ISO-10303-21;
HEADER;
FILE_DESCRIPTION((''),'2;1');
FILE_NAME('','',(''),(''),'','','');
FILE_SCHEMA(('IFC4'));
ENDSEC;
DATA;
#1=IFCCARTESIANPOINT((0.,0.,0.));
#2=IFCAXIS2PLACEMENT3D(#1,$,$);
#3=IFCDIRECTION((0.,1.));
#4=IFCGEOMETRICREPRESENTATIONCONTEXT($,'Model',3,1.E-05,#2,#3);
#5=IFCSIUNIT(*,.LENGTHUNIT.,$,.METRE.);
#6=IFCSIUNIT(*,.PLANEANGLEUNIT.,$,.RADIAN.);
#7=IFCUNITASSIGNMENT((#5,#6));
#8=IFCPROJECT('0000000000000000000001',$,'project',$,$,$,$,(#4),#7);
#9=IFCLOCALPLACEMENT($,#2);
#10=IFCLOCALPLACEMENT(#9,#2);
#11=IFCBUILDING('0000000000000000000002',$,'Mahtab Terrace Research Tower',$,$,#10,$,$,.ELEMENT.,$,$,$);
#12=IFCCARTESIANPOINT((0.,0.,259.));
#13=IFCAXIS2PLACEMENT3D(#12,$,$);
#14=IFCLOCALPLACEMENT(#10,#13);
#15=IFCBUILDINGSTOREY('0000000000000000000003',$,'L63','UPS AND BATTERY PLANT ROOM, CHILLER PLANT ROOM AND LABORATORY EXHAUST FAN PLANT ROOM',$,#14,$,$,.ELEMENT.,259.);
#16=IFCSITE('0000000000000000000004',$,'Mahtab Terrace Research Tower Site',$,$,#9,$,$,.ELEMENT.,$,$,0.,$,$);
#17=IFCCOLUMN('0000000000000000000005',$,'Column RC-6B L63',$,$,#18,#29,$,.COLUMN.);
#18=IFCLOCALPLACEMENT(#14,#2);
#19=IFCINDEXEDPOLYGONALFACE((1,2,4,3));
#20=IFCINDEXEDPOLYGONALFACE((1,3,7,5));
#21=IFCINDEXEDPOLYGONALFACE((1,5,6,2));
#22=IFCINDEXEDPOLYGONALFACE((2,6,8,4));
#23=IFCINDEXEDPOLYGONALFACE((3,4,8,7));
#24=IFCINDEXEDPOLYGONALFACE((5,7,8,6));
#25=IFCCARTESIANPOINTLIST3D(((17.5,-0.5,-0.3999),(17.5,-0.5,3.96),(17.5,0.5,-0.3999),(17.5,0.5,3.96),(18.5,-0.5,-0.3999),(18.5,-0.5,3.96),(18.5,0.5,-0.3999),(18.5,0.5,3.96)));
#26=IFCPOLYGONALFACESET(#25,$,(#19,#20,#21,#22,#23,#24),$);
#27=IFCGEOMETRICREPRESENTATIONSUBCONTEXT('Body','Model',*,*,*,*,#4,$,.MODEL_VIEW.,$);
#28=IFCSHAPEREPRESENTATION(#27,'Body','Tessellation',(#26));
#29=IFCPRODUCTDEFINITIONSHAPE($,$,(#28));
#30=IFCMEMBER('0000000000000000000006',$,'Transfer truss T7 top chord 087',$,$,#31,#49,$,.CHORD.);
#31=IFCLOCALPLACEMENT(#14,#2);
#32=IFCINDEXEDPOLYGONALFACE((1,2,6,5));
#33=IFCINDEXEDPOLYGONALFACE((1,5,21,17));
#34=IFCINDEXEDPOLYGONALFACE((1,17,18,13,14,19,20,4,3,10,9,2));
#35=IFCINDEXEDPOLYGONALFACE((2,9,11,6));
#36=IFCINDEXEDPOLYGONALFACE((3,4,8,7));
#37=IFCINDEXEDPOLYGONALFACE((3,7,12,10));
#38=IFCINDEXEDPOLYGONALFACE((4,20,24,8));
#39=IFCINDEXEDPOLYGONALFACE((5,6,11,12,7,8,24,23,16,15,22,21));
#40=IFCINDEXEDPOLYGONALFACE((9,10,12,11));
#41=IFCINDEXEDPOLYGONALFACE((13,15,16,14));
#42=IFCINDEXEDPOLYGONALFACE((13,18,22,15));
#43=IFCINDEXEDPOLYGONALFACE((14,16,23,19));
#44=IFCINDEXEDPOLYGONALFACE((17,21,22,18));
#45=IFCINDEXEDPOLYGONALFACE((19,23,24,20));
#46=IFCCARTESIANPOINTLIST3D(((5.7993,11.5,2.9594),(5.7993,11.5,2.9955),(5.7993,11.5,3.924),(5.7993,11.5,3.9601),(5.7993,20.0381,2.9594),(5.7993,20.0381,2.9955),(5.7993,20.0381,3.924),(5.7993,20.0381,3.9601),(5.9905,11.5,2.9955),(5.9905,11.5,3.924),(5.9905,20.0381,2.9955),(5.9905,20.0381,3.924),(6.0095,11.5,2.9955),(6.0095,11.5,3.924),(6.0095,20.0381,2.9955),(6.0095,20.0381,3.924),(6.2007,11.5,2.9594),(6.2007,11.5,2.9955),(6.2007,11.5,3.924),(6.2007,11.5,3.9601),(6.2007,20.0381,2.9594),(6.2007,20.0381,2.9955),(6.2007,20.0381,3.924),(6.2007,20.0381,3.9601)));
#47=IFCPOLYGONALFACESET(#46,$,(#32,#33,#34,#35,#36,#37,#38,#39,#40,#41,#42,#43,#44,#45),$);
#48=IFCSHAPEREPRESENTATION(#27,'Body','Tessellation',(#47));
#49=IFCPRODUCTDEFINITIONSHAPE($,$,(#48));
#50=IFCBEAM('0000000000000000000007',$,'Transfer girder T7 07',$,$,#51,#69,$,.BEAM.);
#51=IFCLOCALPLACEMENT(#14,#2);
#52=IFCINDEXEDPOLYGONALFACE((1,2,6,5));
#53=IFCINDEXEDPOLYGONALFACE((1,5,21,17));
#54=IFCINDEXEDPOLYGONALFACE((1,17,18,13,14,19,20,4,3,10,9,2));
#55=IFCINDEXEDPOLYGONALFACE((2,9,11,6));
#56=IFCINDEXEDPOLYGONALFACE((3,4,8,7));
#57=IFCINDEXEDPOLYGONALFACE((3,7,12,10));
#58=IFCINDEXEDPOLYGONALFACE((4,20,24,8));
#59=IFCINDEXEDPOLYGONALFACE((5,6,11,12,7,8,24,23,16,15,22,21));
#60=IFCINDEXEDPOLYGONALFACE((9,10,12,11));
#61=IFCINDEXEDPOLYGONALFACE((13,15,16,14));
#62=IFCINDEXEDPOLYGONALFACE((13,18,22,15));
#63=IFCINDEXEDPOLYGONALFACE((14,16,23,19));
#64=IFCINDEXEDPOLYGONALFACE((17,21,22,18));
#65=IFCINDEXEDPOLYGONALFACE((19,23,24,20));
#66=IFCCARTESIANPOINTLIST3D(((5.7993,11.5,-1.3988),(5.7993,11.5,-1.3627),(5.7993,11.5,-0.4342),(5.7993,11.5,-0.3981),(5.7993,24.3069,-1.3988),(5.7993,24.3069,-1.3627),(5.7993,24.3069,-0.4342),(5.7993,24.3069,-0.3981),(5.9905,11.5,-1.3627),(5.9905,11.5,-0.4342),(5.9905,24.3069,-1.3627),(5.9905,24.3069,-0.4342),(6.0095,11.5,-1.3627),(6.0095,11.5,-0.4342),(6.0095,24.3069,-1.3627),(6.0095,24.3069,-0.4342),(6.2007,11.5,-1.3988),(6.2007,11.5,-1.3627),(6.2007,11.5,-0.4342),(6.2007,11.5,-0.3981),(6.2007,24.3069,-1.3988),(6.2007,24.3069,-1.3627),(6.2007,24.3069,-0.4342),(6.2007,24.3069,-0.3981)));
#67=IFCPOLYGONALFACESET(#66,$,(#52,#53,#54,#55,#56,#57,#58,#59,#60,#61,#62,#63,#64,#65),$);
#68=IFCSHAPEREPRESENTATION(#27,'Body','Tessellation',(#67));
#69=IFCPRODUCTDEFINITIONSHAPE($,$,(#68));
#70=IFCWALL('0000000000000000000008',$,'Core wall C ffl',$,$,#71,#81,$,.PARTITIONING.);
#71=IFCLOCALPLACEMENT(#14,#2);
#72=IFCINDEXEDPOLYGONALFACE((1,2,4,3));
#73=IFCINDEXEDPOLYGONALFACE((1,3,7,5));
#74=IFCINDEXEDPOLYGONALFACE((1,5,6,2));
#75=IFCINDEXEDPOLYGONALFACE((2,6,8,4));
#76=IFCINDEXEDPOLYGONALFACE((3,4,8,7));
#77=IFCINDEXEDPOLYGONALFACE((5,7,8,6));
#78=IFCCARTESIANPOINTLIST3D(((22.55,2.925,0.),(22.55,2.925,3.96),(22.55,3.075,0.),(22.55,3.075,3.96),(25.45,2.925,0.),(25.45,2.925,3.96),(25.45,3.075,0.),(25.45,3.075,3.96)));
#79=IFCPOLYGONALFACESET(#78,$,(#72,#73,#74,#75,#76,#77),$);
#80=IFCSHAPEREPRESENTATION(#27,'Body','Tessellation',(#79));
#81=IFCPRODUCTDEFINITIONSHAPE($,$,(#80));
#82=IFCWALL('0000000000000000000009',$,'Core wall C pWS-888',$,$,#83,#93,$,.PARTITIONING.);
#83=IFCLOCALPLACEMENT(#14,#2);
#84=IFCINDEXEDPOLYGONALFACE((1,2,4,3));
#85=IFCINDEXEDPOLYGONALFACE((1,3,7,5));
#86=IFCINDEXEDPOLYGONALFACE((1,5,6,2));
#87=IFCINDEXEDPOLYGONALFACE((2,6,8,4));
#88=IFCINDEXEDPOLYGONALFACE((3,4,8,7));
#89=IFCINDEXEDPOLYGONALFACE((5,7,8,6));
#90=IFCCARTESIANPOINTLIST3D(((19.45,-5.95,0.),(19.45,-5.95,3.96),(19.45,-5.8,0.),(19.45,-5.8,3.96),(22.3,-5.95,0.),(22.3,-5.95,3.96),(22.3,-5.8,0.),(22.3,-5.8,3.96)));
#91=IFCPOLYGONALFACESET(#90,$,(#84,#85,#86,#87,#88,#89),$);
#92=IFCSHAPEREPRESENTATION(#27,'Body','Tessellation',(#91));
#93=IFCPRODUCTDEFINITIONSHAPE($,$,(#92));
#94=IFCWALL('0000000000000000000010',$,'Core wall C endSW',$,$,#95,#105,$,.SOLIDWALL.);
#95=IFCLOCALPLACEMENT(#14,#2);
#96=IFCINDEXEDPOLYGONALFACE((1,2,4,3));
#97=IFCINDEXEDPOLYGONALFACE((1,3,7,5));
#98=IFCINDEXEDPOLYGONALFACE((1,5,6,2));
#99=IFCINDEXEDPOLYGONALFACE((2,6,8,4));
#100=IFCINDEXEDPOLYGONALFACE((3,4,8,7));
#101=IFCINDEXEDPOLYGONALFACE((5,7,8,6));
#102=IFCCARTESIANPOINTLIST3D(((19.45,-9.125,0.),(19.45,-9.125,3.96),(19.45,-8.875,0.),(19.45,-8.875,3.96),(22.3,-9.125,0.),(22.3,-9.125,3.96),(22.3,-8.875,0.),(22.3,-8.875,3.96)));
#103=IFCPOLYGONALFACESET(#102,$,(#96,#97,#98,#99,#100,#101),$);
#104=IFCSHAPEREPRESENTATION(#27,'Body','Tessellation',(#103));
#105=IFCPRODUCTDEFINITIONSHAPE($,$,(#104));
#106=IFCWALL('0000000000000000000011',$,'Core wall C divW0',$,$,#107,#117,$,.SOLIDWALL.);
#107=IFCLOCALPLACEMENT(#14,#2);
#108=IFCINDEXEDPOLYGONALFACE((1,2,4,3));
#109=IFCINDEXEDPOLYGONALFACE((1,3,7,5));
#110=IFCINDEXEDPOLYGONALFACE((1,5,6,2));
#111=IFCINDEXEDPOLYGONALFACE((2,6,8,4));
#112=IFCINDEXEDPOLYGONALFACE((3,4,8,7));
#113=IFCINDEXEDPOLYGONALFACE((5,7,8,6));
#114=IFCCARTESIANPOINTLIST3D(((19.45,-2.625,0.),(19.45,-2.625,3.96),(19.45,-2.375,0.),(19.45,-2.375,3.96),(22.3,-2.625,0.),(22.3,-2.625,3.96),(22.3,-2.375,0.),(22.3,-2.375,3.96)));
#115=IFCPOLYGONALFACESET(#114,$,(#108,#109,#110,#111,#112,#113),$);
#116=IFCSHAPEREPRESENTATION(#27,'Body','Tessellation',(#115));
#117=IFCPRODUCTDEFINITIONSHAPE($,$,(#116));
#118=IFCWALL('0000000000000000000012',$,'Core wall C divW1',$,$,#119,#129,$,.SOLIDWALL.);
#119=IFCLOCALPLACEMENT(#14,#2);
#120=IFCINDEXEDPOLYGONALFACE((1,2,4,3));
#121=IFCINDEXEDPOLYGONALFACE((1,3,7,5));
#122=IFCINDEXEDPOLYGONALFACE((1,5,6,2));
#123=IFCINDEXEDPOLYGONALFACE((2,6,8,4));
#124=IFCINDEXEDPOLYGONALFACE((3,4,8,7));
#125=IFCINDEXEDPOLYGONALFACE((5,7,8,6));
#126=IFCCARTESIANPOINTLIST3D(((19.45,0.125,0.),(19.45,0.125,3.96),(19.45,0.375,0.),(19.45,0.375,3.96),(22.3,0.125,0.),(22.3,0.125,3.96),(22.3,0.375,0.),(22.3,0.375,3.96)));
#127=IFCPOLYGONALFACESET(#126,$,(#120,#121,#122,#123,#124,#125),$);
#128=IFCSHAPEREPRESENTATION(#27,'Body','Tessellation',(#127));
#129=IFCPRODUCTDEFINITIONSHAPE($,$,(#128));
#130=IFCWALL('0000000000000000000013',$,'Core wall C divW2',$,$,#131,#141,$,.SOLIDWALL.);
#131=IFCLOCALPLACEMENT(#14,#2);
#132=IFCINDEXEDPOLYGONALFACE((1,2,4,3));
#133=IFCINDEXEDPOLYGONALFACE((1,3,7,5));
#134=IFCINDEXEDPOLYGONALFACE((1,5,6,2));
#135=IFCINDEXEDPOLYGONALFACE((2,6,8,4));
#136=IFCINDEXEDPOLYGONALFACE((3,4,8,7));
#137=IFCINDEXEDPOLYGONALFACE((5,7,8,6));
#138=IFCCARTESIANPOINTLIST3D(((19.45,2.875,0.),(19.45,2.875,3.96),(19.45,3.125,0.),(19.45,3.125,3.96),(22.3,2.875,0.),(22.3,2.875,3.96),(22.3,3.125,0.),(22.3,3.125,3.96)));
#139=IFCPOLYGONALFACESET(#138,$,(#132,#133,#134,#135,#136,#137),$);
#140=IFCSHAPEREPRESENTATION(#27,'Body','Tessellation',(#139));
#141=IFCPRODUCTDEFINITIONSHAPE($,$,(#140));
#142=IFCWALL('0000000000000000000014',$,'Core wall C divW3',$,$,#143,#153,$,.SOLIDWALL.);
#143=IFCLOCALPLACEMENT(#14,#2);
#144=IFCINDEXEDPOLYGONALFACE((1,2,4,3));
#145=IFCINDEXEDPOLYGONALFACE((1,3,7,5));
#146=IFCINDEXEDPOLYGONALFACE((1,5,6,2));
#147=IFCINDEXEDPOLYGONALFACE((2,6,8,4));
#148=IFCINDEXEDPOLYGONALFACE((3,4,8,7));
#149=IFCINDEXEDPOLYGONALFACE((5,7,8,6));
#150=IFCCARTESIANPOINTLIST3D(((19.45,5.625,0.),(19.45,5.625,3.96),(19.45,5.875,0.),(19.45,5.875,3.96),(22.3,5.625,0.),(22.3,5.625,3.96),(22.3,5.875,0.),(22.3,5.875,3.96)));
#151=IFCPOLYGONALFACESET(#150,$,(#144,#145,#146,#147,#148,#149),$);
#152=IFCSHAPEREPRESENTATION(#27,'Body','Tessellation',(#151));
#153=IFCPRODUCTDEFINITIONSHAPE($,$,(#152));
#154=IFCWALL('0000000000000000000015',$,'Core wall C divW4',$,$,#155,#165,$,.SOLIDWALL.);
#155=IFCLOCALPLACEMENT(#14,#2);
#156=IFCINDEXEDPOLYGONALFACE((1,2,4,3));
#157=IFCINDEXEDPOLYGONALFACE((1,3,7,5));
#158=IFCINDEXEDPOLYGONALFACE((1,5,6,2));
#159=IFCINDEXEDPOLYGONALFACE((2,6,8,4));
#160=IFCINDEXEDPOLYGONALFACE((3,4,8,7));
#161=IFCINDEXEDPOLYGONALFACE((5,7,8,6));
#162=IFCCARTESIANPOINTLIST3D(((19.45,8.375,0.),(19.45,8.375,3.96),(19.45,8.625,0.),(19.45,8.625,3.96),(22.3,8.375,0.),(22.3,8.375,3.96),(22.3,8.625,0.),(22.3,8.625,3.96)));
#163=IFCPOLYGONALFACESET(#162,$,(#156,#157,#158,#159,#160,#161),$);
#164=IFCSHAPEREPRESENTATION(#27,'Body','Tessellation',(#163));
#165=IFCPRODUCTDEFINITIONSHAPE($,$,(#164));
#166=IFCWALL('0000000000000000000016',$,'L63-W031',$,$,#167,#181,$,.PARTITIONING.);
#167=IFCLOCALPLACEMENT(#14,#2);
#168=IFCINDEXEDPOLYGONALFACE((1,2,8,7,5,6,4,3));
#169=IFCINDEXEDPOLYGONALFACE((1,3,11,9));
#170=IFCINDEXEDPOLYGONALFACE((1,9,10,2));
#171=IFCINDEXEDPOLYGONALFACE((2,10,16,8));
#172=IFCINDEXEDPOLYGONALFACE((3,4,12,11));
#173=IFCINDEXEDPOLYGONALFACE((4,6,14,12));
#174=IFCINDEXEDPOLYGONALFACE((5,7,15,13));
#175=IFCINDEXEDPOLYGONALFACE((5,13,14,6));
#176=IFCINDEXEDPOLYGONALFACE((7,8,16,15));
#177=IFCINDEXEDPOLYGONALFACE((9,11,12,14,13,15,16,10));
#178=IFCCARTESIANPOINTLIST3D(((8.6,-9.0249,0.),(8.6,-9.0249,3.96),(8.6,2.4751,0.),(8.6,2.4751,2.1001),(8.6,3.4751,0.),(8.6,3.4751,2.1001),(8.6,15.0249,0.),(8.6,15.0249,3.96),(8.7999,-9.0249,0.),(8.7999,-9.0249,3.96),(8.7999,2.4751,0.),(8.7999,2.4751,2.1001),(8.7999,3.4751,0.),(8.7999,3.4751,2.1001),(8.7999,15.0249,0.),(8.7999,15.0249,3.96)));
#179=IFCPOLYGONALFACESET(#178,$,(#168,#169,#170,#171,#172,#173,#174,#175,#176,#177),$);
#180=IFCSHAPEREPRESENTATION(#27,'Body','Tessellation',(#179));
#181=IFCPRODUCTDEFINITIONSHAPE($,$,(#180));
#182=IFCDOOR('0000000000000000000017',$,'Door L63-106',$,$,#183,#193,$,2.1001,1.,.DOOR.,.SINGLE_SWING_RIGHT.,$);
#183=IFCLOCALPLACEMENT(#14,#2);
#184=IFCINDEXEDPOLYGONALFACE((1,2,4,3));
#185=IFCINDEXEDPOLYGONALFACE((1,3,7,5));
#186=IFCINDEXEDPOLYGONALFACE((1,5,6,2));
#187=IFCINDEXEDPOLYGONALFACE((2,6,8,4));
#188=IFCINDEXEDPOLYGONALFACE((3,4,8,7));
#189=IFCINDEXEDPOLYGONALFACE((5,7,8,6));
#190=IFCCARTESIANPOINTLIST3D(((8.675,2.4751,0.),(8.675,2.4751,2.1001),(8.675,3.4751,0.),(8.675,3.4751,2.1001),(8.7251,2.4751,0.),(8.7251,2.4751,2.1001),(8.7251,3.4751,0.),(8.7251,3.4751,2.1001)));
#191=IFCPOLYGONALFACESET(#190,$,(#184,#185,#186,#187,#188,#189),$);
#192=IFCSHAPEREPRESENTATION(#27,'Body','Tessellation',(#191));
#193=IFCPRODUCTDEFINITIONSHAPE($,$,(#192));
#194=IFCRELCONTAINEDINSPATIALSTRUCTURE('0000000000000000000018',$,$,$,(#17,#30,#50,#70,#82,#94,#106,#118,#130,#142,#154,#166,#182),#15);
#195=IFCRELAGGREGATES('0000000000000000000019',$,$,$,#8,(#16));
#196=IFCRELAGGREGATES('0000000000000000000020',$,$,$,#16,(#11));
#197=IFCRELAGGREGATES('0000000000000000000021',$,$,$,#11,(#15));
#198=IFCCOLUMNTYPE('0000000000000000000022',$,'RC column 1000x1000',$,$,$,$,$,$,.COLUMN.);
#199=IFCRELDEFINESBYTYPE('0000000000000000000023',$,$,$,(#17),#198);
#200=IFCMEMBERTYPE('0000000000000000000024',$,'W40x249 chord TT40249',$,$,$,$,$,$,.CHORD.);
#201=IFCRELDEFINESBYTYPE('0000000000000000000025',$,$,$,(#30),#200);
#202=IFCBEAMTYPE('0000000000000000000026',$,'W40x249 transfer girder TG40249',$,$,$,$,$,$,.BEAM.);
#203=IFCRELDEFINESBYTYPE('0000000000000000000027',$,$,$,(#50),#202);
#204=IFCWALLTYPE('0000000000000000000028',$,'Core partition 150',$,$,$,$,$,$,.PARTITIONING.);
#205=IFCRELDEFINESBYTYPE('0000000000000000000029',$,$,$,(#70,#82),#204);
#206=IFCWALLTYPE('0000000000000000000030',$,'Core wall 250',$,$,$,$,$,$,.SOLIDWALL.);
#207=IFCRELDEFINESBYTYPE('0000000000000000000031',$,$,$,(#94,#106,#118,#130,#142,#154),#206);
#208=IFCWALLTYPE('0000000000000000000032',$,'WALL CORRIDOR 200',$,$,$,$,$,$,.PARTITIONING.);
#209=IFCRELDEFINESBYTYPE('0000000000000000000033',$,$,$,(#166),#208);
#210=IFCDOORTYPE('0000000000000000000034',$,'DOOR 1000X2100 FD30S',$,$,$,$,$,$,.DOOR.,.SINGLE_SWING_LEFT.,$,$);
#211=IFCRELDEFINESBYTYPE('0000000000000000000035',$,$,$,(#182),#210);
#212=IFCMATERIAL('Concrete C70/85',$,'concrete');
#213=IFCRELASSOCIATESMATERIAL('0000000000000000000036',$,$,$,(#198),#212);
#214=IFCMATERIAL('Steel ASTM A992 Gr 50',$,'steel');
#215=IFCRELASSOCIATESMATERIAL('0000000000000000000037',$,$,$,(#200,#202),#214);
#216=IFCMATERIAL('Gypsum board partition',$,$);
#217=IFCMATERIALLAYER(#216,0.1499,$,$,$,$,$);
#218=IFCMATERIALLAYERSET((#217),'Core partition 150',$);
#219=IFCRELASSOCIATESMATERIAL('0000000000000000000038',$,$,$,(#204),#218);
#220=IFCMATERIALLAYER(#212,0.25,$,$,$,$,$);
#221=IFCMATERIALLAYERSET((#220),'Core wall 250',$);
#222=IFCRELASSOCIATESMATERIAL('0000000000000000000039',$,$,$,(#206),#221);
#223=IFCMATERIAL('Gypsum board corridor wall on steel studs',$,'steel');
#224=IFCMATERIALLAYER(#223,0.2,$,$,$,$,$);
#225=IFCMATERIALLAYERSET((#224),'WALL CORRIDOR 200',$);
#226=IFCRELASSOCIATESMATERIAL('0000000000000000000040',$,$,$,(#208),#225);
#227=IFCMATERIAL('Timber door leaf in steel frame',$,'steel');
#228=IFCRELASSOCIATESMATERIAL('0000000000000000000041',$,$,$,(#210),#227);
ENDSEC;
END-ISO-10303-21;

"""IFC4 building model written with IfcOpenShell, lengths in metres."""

from ifc_helpers import new_model, si_unit, direction, frame, frame_2d, origin, origin_2d, place, context, subcontext, project, spatial, rectangle, i_section, extrude, material, layer, layer_set, material_profile, profile_set, type_object, element, fill, save


model = new_model("IFC4")

# Units and contexts
model_context = context("Model", 3, precision=1e-05, world=origin(), true_north=direction((0.0, 1.0)))
body_context = subcontext(model_context, "Body", "Model", "MODEL_VIEW")
ifc_project = project(units=[si_unit("LENGTHUNIT", "METRE"), si_unit("PLANEANGLEUNIT", "RADIAN")], contexts=[model_context])

# Site, building, storey
site_placement = place(None, origin())
site = spatial("IfcSite", under=ifc_project, at=site_placement, Name="Mahtab Terrace Research Tower Site", CompositionType="ELEMENT", RefElevation=0.0)
building_placement = place(site_placement, origin())
building = spatial("IfcBuilding", under=site, at=building_placement, Name="Mahtab Terrace Research Tower", CompositionType="ELEMENT")
storey_placement = place(building_placement, frame((0.0, 0.0, 259.0)))
storey = spatial("IfcBuildingStorey", under=building, at=storey_placement, Name="L63", Description="UPS AND BATTERY PLANT ROOM, CHILLER PLANT ROOM AND LABORATORY EXHAUST FAN PLANT ROOM", CompositionType="ELEMENT", Elevation=259.0)

# Column
ifc_material_1 = material(Name="Concrete C70/85", Category="concrete")
ifc_material_profile_1 = material_profile(ifc_material_1, rectangle(XDim=1.0, YDim=1.0, at=origin_2d()), Name="RC column 1000x1000")
ifc_profile_set_1 = profile_set([ifc_material_profile_1], Name="Concrete C70/85")
column_type = type_object("IfcColumnType", Name="RC column 1000x1000", PredefinedType="COLUMN", material=ifc_profile_set_1)
column_placement = place(storey_placement, frame((18.0, 0.0, -0.3999), z_axis=(0.0, 0.0, 1.0), x_axis=(1.0, 0.0, 0.0)))
element("IfcColumn", 1, at=column_placement, inside=storey, type_object=column_type, Name="Column RC-6B L63", PredefinedType="COLUMN", context=body_context, shape_type="SweptSolid", body=[
    extrude(rectangle(XDim=1.0, YDim=1.0, at=origin_2d()), origin(), (0.0, 0.0, 1.0), 4.3599),
])

# Member
ifc_material_2 = material(Name="Steel ASTM A992 Gr 50", Category="steel")
ifc_material_profile_2 = material_profile(ifc_material_2, i_section(OverallWidth=0.4014, OverallDepth=1.0007, WebThickness=0.019, FlangeThickness=0.0361, at=origin_2d()), Name="W40X249")
ifc_profile_set_2 = profile_set([ifc_material_profile_2], Name="Steel ASTM A992 Gr 50")
member_type = type_object("IfcMemberType", Name="W40x249 chord TT40249", PredefinedType="CHORD", material=ifc_profile_set_2)
member_placement = place(storey_placement, frame((6.0, 11.5, 3.4597), z_axis=(0.0, 1.0, 0.0), x_axis=(-1.0, 0.0, 0.0)))
element("IfcMember", 2, at=member_placement, inside=storey, type_object=member_type, Name="Transfer truss T7 top chord 087", PredefinedType="CHORD", context=body_context, shape_type="SweptSolid", body=[
    extrude(i_section(OverallWidth=0.4014, OverallDepth=1.0007, WebThickness=0.019, FlangeThickness=0.0361, at=origin_2d()), origin(), (0.0, 0.0, 1.0), 8.5381),
])

# Beam
ifc_material_profile_3 = material_profile(ifc_material_2, i_section(OverallWidth=0.4014, OverallDepth=1.0007, WebThickness=0.019, FlangeThickness=0.0361, at=origin_2d()), Name="W40X249")
ifc_profile_set_3 = profile_set([ifc_material_profile_3], Name="Steel ASTM A992 Gr 50")
beam_type = type_object("IfcBeamType", Name="W40x249 transfer girder TG40249", PredefinedType="BEAM", material=ifc_profile_set_3)
beam_placement = place(storey_placement, frame((6.0, 11.5, -0.8984), z_axis=(0.0, 1.0, 0.0), x_axis=(-1.0, 0.0, 0.0)))
element("IfcBeam", 3, at=beam_placement, inside=storey, type_object=beam_type, Name="Transfer girder T7 07", PredefinedType="BEAM", context=body_context, shape_type="SweptSolid", body=[
    extrude(i_section(OverallWidth=0.4014, OverallDepth=1.0007, WebThickness=0.019, FlangeThickness=0.0361, at=origin_2d()), origin(), (0.0, 0.0, 1.0), 12.8069),
])

# Walls
ifc_material_3 = material(Name="Gypsum board partition")
ifc_layer_1 = layer(ifc_material_3, 0.1499)
ifc_layer_set_1 = layer_set([ifc_layer_1], Name="Core partition 150")
wall_type_1 = type_object("IfcWallType", Name="Core partition 150", PredefinedType="PARTITIONING", material=ifc_layer_set_1)
wall_1_placement = place(storey_placement, frame((22.55, 3.0, 0.0), z_axis=(0.0, 0.0, 1.0), x_axis=(1.0, 0.0, 0.0)))
element("IfcWall", 4, at=wall_1_placement, inside=storey, type_object=wall_type_1, Name="Core wall C ffl", PredefinedType="PARTITIONING", context=body_context, shape_type="SweptSolid", body=[
    extrude(rectangle(XDim=2.8999, YDim=0.1499, at=frame_2d((1.45, 0.0))), origin(), (0.0, 0.0, 1.0), 3.96),
])
wall_2_placement = place(storey_placement, frame((19.45, -5.875, 0.0), z_axis=(0.0, 0.0, 1.0), x_axis=(1.0, 0.0, 0.0)))
element("IfcWall", 5, at=wall_2_placement, inside=storey, type_object=wall_type_1, Name="Core wall C pWS-888", PredefinedType="PARTITIONING", context=body_context, shape_type="SweptSolid", body=[
    extrude(rectangle(XDim=2.8501, YDim=0.1499, at=frame_2d((1.425, 0.0))), origin(), (0.0, 0.0, 1.0), 3.96),
])
ifc_layer_2 = layer(ifc_material_1, 0.25)
ifc_layer_set_2 = layer_set([ifc_layer_2], Name="Core wall 250")
wall_type_2 = type_object("IfcWallType", Name="Core wall 250", PredefinedType="SOLIDWALL", material=ifc_layer_set_2)
for number, where, z_axis, x_axis, name in (
    (6, (22.3, -9.0, 0.0), (0.0, 0.0, 1.0), (-1.0, 0.0, 0.0), "Core wall C endSW"),
    (7, (19.45, -2.5, 0.0), (0.0, 0.0, 1.0), (1.0, 0.0, 0.0), "Core wall C divW0"),
    (8, (19.45, 0.25, 0.0), (0.0, 0.0, 1.0), (1.0, 0.0, 0.0), "Core wall C divW1"),
    (9, (19.45, 3.0, 0.0), (0.0, 0.0, 1.0), (1.0, 0.0, 0.0), "Core wall C divW2"),
    (10, (19.45, 5.75, 0.0), (0.0, 0.0, 1.0), (1.0, 0.0, 0.0), "Core wall C divW3"),
    (11, (19.45, 8.5, 0.0), (0.0, 0.0, 1.0), (1.0, 0.0, 0.0), "Core wall C divW4"),
):
    element("IfcWall", number, at=place(storey_placement, frame(where, z_axis=z_axis, x_axis=x_axis)), inside=storey, type_object=wall_type_2, Name=name, PredefinedType="SOLIDWALL", context=body_context, shape_type="SweptSolid", body=[
        extrude(rectangle(XDim=2.8501, YDim=0.25, at=frame_2d((1.425, 0.0))), origin(), (0.0, 0.0, 1.0), 3.96),
    ])

# Wall, opening, door
ifc_material_4 = material(Name="Gypsum board corridor wall on steel studs", Category="steel")
ifc_layer_3 = layer(ifc_material_4, 0.2)
ifc_layer_set_3 = layer_set([ifc_layer_3], Name="WALL CORRIDOR 200")
wall_type_3 = type_object("IfcWallType", Name="WALL CORRIDOR 200", PredefinedType="PARTITIONING", material=ifc_layer_set_3)
wall_3_placement = place(storey_placement, frame((8.7, -9.0249, 0.0), z_axis=(0.0, 0.0, 1.0), x_axis=(0.0, 1.0, 0.0)))
wall_3 = element("IfcWall", 12, at=wall_3_placement, inside=storey, type_object=wall_type_3, Name="L63-W031", PredefinedType="PARTITIONING", context=body_context, shape_type="SweptSolid", body=[
    extrude(rectangle(XDim=24.0498, YDim=0.2, at=frame_2d((12.0249, 0.0))), origin(), (0.0, 0.0, 1.0), 3.96),
])
opening_placement = place(wall_3_placement, frame((11.5, 0.0, 0.0)))
opening = element("IfcOpeningElement", 13, at=opening_placement, cuts=wall_3, PredefinedType="OPENING", context=body_context, shape_type="SweptSolid", body=[
    extrude(rectangle(XDim=1.0, YDim=2.1001, at=frame_2d((0.5, 1.05))), frame((0.0, 0.1099, 0.0), z_axis=(0.0, -1.0, 0.0), x_axis=(1.0, 0.0, 0.0)), (0.0, 0.0, 1.0), 0.22),
])
ifc_material_5 = material(Name="Timber door leaf in steel frame", Category="steel")
door_type = type_object("IfcDoorType", Name="DOOR 1000X2100 FD30S", OperationType="SINGLE_SWING_LEFT", PredefinedType="DOOR", material=ifc_material_5)
door_placement = place(opening_placement, origin())
door = element("IfcDoor", 14, at=door_placement, inside=storey, type_object=door_type, Name="Door L63-106", OperationType="SINGLE_SWING_RIGHT", OverallHeight=2.1001, OverallWidth=1.0, PredefinedType="DOOR", context=body_context, shape_type="SweptSolid", body=[
    extrude(rectangle(XDim=1.0, YDim=2.1001, at=frame_2d((0.5, 1.05))), frame((0.0, 0.0249, 0.0), z_axis=(0.0, -1.0, 0.0), x_axis=(1.0, 0.0, 0.0)), (0.0, 0.0, 1.0), 0.05),
])
fill(opening, door)

save(model, "model.ifc")
